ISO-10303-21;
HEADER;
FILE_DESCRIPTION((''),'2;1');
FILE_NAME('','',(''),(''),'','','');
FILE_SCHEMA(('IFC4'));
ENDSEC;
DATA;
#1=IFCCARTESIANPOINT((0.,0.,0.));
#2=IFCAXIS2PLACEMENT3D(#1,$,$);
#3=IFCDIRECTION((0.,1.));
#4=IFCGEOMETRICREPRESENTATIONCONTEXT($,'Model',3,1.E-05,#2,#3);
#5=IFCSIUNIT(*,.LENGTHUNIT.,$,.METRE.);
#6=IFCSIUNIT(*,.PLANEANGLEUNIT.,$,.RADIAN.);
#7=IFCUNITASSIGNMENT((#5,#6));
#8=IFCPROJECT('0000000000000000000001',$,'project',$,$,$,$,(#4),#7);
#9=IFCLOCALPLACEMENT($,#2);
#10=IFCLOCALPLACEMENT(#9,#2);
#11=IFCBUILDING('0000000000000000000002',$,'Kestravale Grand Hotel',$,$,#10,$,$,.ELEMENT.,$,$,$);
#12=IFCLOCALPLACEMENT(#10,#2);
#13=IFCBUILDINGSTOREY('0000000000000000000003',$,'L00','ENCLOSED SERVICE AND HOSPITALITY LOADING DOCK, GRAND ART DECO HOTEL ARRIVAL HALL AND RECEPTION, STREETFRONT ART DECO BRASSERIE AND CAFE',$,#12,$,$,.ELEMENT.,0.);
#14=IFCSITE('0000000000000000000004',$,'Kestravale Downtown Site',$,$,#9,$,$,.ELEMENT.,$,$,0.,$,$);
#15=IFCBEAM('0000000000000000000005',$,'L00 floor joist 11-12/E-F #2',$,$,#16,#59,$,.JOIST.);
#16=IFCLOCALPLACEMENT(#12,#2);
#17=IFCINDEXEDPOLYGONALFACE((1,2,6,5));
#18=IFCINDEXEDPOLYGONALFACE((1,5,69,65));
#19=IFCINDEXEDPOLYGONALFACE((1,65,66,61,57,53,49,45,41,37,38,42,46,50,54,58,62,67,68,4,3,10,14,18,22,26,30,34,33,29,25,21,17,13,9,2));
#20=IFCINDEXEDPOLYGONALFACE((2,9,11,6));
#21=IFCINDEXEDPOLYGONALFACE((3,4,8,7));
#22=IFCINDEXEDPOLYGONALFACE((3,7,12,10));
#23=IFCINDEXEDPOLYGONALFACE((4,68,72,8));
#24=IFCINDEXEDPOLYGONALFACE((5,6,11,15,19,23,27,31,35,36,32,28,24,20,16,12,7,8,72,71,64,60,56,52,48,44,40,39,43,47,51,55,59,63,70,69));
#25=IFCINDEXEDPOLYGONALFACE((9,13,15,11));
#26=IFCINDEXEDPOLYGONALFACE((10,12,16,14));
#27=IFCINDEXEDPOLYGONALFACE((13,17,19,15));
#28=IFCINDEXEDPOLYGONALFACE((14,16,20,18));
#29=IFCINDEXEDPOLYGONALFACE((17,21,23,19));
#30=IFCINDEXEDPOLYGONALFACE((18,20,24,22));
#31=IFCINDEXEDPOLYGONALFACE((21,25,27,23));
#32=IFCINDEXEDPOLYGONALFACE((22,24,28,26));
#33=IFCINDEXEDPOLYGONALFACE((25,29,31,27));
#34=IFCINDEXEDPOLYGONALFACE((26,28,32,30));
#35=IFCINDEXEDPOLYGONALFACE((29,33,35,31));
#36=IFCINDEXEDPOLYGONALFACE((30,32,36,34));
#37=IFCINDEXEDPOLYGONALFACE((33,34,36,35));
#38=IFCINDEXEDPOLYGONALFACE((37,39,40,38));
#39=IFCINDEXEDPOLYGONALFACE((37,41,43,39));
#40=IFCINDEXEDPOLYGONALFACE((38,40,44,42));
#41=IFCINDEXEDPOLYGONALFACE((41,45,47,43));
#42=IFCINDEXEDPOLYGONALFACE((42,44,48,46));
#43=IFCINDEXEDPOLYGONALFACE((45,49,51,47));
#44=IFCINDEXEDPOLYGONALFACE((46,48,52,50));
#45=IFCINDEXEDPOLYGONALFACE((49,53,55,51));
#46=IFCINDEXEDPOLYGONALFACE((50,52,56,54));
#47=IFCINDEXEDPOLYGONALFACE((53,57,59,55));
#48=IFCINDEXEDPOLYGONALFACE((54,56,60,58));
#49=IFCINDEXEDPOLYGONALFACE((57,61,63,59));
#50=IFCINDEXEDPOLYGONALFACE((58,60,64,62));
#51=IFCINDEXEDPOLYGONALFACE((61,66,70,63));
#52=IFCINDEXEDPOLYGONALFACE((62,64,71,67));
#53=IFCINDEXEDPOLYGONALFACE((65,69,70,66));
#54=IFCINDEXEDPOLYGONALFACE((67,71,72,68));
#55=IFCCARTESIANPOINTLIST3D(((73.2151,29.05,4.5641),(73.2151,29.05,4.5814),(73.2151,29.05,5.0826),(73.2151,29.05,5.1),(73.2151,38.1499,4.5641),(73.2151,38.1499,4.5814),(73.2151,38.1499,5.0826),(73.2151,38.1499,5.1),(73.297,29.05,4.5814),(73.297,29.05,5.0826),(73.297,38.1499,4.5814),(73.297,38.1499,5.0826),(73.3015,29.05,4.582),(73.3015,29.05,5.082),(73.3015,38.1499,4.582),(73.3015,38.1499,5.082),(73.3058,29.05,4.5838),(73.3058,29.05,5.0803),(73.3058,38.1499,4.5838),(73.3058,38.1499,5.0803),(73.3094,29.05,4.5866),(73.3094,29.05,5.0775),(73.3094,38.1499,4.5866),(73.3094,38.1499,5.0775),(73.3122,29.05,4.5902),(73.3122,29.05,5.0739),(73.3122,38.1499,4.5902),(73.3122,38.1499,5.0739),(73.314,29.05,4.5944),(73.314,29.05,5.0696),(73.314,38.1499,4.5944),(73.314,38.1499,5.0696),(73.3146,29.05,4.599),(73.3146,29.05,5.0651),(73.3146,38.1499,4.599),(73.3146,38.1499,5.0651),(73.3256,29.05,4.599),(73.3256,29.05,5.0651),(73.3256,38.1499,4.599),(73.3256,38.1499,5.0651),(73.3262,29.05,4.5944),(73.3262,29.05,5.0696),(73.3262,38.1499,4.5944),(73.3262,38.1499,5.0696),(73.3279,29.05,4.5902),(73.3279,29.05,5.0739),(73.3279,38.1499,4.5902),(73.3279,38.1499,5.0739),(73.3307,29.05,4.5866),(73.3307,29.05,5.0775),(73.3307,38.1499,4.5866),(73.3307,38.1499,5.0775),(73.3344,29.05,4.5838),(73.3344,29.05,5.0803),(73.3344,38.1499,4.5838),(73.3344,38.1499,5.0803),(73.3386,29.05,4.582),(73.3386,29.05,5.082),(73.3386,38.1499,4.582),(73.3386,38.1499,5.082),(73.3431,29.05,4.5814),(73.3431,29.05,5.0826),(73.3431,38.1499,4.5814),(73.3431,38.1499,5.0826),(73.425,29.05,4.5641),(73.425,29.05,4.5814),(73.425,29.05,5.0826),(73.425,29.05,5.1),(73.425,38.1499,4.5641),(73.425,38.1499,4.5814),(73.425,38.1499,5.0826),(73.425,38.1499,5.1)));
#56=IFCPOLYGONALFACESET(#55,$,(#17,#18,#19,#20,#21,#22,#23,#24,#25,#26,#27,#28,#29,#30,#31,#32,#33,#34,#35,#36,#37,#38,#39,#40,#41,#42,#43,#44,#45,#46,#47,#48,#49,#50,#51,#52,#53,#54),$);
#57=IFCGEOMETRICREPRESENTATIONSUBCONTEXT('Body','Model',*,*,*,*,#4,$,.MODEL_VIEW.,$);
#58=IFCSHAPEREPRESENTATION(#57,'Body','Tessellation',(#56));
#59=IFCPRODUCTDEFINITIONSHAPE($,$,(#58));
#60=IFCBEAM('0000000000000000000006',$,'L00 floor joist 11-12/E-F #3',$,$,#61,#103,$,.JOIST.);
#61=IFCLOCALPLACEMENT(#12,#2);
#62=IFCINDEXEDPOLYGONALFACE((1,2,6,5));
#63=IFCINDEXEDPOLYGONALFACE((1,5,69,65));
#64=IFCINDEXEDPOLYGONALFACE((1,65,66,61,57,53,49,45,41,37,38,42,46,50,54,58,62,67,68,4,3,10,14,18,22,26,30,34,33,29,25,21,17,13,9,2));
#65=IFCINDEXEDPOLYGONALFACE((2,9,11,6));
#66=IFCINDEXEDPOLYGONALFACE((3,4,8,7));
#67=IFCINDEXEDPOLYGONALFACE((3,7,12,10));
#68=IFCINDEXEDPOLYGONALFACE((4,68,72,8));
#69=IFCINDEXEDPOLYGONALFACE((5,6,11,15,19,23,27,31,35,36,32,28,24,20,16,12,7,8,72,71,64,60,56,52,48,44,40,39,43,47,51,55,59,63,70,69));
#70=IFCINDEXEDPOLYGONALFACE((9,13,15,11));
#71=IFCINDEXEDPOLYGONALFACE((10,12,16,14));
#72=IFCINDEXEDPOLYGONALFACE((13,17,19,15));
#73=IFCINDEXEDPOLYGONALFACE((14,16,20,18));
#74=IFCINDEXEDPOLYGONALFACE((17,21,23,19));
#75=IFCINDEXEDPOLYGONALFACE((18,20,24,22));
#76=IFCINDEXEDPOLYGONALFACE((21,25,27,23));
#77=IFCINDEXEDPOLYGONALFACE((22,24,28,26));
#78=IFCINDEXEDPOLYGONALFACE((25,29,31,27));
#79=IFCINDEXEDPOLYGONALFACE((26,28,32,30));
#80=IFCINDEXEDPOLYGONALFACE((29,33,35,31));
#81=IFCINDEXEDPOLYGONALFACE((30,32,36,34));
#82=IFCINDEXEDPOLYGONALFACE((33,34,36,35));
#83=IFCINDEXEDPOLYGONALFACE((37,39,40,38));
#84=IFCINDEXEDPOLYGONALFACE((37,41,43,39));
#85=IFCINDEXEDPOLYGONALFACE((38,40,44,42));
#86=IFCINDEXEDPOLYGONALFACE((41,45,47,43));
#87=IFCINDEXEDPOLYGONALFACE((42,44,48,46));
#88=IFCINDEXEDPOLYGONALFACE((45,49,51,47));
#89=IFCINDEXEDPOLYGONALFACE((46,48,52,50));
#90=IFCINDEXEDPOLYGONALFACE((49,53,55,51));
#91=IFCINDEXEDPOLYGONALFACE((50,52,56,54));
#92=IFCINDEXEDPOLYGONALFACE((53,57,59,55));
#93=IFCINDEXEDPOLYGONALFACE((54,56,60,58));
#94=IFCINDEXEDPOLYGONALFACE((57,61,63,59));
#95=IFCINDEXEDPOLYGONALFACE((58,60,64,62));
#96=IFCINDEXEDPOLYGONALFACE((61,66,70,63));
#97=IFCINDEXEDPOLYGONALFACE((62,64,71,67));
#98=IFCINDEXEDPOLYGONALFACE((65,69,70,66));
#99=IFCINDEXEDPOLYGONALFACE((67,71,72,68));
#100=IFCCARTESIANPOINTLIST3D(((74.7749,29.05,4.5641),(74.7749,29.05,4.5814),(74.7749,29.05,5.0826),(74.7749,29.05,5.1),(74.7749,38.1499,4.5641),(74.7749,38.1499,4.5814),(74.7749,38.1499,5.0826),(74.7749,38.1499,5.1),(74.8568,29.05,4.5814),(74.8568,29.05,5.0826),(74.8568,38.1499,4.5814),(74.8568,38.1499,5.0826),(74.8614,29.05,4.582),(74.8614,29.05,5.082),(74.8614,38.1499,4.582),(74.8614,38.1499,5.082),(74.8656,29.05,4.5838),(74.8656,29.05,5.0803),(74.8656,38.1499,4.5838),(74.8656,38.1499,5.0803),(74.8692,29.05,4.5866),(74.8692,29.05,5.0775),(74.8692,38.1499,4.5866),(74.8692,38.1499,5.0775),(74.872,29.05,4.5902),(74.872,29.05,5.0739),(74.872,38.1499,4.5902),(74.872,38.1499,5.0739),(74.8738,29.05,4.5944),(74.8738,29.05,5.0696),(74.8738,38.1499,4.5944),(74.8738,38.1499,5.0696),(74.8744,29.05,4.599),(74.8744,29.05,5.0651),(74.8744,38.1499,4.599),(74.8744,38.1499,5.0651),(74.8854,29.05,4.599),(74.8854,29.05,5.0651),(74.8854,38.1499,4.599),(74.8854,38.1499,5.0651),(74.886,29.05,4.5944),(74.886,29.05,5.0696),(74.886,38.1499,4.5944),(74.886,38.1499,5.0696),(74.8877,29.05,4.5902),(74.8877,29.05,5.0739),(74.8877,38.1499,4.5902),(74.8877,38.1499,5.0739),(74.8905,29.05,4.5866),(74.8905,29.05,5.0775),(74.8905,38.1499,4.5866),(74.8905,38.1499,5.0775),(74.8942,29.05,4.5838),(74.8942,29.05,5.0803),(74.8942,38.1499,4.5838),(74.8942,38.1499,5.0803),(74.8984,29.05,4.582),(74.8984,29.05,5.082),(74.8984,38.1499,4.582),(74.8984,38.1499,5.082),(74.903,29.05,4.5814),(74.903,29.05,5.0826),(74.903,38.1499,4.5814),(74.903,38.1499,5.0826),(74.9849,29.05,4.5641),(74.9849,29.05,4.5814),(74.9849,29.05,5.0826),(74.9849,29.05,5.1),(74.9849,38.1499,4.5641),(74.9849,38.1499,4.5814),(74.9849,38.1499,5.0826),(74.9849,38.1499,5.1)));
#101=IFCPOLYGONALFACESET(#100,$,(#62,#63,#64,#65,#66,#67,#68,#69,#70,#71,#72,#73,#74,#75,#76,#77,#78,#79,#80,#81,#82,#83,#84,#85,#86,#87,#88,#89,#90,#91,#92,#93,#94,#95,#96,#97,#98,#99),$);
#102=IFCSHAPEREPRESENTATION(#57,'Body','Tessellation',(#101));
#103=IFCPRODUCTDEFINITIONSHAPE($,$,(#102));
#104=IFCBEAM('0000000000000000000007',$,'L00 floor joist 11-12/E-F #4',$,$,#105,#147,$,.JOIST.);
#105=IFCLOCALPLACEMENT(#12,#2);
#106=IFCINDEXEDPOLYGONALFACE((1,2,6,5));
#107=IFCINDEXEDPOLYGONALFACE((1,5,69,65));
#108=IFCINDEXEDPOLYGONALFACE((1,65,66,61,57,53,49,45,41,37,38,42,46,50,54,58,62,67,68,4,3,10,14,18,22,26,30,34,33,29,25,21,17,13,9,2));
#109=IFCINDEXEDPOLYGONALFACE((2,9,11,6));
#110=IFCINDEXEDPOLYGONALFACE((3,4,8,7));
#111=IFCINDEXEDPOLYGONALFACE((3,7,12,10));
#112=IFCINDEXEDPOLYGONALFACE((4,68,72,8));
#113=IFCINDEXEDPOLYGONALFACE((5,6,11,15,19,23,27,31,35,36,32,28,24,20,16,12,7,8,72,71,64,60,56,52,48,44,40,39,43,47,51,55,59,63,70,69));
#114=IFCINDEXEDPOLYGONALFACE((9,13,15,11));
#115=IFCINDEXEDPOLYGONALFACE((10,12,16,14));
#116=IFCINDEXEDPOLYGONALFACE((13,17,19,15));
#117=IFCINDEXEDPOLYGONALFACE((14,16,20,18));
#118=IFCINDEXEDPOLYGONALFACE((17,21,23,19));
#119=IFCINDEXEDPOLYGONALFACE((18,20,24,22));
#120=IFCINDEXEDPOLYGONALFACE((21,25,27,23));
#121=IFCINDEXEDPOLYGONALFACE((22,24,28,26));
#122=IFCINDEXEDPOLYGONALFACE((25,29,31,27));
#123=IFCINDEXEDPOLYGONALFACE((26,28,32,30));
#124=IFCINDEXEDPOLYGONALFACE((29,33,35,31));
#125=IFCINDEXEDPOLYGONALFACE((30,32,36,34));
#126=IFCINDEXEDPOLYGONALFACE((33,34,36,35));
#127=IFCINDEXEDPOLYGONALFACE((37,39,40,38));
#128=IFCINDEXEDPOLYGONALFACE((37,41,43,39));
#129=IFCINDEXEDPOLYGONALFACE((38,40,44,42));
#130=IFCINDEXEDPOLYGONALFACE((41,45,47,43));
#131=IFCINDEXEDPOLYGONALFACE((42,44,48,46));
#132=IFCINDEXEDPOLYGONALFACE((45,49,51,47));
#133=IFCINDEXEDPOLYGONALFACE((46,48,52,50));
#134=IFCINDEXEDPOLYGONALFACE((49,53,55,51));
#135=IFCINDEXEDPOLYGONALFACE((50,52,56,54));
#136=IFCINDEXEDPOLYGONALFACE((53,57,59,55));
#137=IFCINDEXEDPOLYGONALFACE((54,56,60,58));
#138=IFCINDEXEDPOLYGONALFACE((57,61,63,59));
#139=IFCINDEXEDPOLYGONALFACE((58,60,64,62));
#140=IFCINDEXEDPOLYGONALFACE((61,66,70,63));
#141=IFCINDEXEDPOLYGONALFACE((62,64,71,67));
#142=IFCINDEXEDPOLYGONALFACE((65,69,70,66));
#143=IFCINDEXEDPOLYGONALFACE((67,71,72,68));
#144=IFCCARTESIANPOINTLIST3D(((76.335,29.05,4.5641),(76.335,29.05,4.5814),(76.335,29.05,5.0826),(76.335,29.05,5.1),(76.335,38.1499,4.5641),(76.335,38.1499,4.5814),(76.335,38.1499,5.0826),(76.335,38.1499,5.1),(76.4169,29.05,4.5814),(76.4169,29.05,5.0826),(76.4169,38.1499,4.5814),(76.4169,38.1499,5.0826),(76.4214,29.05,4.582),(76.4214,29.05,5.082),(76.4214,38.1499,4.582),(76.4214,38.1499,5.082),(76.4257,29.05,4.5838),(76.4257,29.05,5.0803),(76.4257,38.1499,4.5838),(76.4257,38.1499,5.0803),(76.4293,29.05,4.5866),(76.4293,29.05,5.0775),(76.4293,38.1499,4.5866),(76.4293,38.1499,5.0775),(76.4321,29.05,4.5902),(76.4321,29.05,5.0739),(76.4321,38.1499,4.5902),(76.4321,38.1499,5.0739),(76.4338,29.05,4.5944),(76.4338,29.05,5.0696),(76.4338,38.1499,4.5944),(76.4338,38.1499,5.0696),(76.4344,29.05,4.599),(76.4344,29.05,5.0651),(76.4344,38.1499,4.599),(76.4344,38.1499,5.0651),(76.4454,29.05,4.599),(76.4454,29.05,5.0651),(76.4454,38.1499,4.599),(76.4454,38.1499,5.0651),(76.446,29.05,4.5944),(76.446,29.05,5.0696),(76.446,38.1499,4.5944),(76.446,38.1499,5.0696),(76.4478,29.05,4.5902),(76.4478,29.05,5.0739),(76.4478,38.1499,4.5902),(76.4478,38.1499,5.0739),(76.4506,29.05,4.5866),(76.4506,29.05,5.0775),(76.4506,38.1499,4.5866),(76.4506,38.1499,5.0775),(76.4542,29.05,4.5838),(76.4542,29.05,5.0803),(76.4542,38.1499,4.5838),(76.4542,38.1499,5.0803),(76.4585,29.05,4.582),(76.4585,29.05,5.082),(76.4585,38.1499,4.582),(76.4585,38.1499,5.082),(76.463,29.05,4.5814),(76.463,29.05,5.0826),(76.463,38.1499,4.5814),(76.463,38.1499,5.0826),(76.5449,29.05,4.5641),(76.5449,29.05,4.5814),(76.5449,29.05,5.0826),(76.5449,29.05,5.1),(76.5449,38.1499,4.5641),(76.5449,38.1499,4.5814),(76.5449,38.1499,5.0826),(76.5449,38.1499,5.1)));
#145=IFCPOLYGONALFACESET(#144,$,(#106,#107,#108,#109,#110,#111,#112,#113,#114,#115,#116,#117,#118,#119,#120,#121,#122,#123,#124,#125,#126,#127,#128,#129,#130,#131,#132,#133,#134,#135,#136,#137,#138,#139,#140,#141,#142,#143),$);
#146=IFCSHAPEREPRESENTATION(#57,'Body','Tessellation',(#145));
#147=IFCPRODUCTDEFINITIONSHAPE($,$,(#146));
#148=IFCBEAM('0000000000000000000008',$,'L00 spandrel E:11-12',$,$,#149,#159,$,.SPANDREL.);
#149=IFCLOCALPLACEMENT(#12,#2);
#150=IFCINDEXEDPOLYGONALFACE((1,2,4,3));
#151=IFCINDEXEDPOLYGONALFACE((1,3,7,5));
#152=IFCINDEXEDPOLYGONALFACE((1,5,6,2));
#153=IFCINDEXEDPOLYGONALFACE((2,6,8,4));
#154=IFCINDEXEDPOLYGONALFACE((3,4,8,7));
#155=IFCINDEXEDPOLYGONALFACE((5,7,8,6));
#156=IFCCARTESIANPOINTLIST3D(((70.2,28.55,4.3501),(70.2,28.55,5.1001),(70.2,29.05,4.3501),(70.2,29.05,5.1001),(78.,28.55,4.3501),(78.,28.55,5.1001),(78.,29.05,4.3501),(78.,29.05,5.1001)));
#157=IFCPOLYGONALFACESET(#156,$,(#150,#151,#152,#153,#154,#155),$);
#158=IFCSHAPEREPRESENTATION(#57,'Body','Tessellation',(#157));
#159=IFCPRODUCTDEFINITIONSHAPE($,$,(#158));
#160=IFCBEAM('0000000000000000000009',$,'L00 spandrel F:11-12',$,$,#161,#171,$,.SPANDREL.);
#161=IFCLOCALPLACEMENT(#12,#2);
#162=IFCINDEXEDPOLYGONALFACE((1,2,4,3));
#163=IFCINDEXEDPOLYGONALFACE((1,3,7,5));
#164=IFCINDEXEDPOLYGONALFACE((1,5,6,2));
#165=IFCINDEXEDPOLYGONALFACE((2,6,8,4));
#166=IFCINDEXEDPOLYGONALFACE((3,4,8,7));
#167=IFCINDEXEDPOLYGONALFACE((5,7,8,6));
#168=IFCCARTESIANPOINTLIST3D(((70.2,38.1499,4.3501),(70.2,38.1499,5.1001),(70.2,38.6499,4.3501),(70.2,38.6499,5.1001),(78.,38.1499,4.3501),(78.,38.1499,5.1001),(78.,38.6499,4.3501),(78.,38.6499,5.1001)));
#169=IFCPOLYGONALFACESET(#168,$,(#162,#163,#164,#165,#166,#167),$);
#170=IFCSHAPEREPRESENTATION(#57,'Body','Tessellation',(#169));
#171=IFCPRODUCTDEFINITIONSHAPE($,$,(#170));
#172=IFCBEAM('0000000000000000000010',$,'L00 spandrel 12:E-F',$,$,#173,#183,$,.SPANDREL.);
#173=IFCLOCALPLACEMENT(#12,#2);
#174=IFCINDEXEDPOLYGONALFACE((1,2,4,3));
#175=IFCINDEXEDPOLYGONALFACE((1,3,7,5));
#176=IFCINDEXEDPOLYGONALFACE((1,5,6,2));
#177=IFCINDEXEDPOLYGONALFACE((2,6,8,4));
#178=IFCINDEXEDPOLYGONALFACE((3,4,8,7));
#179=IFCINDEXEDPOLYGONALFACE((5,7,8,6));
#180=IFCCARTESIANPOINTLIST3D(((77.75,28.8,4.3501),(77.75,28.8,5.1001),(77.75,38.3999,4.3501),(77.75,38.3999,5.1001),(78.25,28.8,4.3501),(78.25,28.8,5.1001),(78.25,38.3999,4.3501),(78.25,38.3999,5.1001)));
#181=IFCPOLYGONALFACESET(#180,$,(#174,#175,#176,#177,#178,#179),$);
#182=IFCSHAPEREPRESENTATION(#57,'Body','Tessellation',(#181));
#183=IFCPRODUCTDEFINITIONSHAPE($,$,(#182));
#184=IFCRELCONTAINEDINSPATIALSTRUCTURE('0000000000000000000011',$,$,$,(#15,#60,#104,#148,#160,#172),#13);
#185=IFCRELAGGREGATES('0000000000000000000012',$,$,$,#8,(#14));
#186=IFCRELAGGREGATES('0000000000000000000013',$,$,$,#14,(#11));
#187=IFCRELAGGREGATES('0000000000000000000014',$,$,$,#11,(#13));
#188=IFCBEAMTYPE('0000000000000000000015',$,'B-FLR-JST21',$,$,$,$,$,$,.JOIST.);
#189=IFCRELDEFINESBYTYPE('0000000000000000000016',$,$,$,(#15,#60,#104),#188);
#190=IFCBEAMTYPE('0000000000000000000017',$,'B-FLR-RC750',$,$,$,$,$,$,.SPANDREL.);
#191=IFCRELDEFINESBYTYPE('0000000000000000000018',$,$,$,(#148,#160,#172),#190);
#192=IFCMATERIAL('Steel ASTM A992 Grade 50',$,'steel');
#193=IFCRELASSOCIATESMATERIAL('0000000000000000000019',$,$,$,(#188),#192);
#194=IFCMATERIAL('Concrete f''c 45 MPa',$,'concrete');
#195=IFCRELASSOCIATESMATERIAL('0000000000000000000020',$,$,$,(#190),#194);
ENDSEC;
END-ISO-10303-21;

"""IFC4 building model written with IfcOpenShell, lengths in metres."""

from ifc_helpers import new_model, si_unit, direction, frame, origin, origin_2d, place, context, subcontext, project, spatial, rectangle, i_section, extrude, material, material_profile, profile_set, type_object, element, save


model = new_model("IFC4")

# Units and contexts
model_context = context("Model", 3, precision=1e-05, world=origin(), true_north=direction((0.0, 1.0)))
body_context = subcontext(model_context, "Body", "Model", "MODEL_VIEW")
ifc_project = project(units=[si_unit("LENGTHUNIT", "METRE"), si_unit("PLANEANGLEUNIT", "RADIAN")], contexts=[model_context])

# Site, building, storey
site_placement = place(None, origin())
site = spatial("IfcSite", under=ifc_project, at=site_placement, Name="Kestravale Downtown Site", CompositionType="ELEMENT", RefElevation=0.0)
building_placement = place(site_placement, origin())
building = spatial("IfcBuilding", under=site, at=building_placement, Name="Kestravale Grand Hotel", CompositionType="ELEMENT")
storey_placement = place(building_placement, origin())
storey = spatial("IfcBuildingStorey", under=building, at=storey_placement, Name="L00", Description="ENCLOSED SERVICE AND HOSPITALITY LOADING DOCK, GRAND ART DECO HOTEL ARRIVAL HALL AND RECEPTION, STREETFRONT ART DECO BRASSERIE AND CAFE", CompositionType="ELEMENT", Elevation=0.0)

# Beams
ifc_material_1 = material(Name="Steel ASTM A992 Grade 50", Category="steel")
ifc_material_profile_1 = material_profile(ifc_material_1, i_section(OverallWidth=0.21, OverallDepth=0.5359, WebThickness=0.011, FlangeThickness=0.0173, FilletRadius=0.0176, at=origin_2d()))
ifc_profile_set_1 = profile_set([ifc_material_profile_1], Name="Steel ASTM A992 Grade 50")
beam_type_1 = type_object("IfcBeamType", Name="B-FLR-JST21", PredefinedType="JOIST", material=ifc_profile_set_1)
for number, where, z_axis, x_axis, name in (
    (1, (73.3201, 29.05, 4.832), (0.0, 1.0, 0.0), (-1.0, 0.0, 0.0), "L00 floor joist 11-12/E-F #2"),
    (2, (74.8799, 29.05, 4.832), (0.0, 1.0, 0.0), (-1.0, 0.0, 0.0), "L00 floor joist 11-12/E-F #3"),
    (3, (76.4399, 29.05, 4.832), (0.0, 1.0, 0.0), (-1.0, 0.0, 0.0), "L00 floor joist 11-12/E-F #4"),
):
    element("IfcBeam", number, at=place(storey_placement, frame(where, z_axis=z_axis, x_axis=x_axis)), inside=storey, type_object=beam_type_1, Name=name, PredefinedType="JOIST", context=body_context, shape_type="SweptSolid", body=[
        extrude(i_section(OverallWidth=0.21, OverallDepth=0.5359, WebThickness=0.011, FlangeThickness=0.0173, FilletRadius=0.0176, at=origin_2d()), origin(), (0.0, 0.0, 1.0), 9.0999),
    ])
ifc_material_2 = material(Name="Concrete f'c 45 MPa", Category="concrete")
ifc_material_profile_2 = material_profile(ifc_material_2, rectangle(XDim=0.5, YDim=0.75, at=origin_2d()))
ifc_profile_set_2 = profile_set([ifc_material_profile_2], Name="Concrete f'c 45 MPa")
beam_type_2 = type_object("IfcBeamType", Name="B-FLR-RC750", PredefinedType="SPANDREL", material=ifc_profile_set_2)
for number, where, z_axis, x_axis, name in (
    (4, (70.2, 28.8, 4.7251), (1.0, 0.0, 0.0), (0.0, 1.0, 0.0), "L00 spandrel E:11-12"),
    (5, (70.2, 38.3999, 4.7251), (1.0, 0.0, 0.0), (0.0, 1.0, 0.0), "L00 spandrel F:11-12"),
):
    element("IfcBeam", number, at=place(storey_placement, frame(where, z_axis=z_axis, x_axis=x_axis)), inside=storey, type_object=beam_type_2, Name=name, PredefinedType="SPANDREL", context=body_context, shape_type="SweptSolid", body=[
        extrude(rectangle(XDim=0.5, YDim=0.75, at=origin_2d()), origin(), (0.0, 0.0, 1.0), 7.8),
    ])
beam_1_placement = place(storey_placement, frame((78.0, 28.8, 4.7251), z_axis=(0.0, 1.0, 0.0), x_axis=(-1.0, 0.0, 0.0)))
element("IfcBeam", 6, at=beam_1_placement, inside=storey, type_object=beam_type_2, Name="L00 spandrel 12:E-F", PredefinedType="SPANDREL", context=body_context, shape_type="SweptSolid", body=[
    extrude(rectangle(XDim=0.5, YDim=0.75, at=origin_2d()), origin(), (0.0, 0.0, 1.0), 9.5999),
])

save(model, "model.ifc")
